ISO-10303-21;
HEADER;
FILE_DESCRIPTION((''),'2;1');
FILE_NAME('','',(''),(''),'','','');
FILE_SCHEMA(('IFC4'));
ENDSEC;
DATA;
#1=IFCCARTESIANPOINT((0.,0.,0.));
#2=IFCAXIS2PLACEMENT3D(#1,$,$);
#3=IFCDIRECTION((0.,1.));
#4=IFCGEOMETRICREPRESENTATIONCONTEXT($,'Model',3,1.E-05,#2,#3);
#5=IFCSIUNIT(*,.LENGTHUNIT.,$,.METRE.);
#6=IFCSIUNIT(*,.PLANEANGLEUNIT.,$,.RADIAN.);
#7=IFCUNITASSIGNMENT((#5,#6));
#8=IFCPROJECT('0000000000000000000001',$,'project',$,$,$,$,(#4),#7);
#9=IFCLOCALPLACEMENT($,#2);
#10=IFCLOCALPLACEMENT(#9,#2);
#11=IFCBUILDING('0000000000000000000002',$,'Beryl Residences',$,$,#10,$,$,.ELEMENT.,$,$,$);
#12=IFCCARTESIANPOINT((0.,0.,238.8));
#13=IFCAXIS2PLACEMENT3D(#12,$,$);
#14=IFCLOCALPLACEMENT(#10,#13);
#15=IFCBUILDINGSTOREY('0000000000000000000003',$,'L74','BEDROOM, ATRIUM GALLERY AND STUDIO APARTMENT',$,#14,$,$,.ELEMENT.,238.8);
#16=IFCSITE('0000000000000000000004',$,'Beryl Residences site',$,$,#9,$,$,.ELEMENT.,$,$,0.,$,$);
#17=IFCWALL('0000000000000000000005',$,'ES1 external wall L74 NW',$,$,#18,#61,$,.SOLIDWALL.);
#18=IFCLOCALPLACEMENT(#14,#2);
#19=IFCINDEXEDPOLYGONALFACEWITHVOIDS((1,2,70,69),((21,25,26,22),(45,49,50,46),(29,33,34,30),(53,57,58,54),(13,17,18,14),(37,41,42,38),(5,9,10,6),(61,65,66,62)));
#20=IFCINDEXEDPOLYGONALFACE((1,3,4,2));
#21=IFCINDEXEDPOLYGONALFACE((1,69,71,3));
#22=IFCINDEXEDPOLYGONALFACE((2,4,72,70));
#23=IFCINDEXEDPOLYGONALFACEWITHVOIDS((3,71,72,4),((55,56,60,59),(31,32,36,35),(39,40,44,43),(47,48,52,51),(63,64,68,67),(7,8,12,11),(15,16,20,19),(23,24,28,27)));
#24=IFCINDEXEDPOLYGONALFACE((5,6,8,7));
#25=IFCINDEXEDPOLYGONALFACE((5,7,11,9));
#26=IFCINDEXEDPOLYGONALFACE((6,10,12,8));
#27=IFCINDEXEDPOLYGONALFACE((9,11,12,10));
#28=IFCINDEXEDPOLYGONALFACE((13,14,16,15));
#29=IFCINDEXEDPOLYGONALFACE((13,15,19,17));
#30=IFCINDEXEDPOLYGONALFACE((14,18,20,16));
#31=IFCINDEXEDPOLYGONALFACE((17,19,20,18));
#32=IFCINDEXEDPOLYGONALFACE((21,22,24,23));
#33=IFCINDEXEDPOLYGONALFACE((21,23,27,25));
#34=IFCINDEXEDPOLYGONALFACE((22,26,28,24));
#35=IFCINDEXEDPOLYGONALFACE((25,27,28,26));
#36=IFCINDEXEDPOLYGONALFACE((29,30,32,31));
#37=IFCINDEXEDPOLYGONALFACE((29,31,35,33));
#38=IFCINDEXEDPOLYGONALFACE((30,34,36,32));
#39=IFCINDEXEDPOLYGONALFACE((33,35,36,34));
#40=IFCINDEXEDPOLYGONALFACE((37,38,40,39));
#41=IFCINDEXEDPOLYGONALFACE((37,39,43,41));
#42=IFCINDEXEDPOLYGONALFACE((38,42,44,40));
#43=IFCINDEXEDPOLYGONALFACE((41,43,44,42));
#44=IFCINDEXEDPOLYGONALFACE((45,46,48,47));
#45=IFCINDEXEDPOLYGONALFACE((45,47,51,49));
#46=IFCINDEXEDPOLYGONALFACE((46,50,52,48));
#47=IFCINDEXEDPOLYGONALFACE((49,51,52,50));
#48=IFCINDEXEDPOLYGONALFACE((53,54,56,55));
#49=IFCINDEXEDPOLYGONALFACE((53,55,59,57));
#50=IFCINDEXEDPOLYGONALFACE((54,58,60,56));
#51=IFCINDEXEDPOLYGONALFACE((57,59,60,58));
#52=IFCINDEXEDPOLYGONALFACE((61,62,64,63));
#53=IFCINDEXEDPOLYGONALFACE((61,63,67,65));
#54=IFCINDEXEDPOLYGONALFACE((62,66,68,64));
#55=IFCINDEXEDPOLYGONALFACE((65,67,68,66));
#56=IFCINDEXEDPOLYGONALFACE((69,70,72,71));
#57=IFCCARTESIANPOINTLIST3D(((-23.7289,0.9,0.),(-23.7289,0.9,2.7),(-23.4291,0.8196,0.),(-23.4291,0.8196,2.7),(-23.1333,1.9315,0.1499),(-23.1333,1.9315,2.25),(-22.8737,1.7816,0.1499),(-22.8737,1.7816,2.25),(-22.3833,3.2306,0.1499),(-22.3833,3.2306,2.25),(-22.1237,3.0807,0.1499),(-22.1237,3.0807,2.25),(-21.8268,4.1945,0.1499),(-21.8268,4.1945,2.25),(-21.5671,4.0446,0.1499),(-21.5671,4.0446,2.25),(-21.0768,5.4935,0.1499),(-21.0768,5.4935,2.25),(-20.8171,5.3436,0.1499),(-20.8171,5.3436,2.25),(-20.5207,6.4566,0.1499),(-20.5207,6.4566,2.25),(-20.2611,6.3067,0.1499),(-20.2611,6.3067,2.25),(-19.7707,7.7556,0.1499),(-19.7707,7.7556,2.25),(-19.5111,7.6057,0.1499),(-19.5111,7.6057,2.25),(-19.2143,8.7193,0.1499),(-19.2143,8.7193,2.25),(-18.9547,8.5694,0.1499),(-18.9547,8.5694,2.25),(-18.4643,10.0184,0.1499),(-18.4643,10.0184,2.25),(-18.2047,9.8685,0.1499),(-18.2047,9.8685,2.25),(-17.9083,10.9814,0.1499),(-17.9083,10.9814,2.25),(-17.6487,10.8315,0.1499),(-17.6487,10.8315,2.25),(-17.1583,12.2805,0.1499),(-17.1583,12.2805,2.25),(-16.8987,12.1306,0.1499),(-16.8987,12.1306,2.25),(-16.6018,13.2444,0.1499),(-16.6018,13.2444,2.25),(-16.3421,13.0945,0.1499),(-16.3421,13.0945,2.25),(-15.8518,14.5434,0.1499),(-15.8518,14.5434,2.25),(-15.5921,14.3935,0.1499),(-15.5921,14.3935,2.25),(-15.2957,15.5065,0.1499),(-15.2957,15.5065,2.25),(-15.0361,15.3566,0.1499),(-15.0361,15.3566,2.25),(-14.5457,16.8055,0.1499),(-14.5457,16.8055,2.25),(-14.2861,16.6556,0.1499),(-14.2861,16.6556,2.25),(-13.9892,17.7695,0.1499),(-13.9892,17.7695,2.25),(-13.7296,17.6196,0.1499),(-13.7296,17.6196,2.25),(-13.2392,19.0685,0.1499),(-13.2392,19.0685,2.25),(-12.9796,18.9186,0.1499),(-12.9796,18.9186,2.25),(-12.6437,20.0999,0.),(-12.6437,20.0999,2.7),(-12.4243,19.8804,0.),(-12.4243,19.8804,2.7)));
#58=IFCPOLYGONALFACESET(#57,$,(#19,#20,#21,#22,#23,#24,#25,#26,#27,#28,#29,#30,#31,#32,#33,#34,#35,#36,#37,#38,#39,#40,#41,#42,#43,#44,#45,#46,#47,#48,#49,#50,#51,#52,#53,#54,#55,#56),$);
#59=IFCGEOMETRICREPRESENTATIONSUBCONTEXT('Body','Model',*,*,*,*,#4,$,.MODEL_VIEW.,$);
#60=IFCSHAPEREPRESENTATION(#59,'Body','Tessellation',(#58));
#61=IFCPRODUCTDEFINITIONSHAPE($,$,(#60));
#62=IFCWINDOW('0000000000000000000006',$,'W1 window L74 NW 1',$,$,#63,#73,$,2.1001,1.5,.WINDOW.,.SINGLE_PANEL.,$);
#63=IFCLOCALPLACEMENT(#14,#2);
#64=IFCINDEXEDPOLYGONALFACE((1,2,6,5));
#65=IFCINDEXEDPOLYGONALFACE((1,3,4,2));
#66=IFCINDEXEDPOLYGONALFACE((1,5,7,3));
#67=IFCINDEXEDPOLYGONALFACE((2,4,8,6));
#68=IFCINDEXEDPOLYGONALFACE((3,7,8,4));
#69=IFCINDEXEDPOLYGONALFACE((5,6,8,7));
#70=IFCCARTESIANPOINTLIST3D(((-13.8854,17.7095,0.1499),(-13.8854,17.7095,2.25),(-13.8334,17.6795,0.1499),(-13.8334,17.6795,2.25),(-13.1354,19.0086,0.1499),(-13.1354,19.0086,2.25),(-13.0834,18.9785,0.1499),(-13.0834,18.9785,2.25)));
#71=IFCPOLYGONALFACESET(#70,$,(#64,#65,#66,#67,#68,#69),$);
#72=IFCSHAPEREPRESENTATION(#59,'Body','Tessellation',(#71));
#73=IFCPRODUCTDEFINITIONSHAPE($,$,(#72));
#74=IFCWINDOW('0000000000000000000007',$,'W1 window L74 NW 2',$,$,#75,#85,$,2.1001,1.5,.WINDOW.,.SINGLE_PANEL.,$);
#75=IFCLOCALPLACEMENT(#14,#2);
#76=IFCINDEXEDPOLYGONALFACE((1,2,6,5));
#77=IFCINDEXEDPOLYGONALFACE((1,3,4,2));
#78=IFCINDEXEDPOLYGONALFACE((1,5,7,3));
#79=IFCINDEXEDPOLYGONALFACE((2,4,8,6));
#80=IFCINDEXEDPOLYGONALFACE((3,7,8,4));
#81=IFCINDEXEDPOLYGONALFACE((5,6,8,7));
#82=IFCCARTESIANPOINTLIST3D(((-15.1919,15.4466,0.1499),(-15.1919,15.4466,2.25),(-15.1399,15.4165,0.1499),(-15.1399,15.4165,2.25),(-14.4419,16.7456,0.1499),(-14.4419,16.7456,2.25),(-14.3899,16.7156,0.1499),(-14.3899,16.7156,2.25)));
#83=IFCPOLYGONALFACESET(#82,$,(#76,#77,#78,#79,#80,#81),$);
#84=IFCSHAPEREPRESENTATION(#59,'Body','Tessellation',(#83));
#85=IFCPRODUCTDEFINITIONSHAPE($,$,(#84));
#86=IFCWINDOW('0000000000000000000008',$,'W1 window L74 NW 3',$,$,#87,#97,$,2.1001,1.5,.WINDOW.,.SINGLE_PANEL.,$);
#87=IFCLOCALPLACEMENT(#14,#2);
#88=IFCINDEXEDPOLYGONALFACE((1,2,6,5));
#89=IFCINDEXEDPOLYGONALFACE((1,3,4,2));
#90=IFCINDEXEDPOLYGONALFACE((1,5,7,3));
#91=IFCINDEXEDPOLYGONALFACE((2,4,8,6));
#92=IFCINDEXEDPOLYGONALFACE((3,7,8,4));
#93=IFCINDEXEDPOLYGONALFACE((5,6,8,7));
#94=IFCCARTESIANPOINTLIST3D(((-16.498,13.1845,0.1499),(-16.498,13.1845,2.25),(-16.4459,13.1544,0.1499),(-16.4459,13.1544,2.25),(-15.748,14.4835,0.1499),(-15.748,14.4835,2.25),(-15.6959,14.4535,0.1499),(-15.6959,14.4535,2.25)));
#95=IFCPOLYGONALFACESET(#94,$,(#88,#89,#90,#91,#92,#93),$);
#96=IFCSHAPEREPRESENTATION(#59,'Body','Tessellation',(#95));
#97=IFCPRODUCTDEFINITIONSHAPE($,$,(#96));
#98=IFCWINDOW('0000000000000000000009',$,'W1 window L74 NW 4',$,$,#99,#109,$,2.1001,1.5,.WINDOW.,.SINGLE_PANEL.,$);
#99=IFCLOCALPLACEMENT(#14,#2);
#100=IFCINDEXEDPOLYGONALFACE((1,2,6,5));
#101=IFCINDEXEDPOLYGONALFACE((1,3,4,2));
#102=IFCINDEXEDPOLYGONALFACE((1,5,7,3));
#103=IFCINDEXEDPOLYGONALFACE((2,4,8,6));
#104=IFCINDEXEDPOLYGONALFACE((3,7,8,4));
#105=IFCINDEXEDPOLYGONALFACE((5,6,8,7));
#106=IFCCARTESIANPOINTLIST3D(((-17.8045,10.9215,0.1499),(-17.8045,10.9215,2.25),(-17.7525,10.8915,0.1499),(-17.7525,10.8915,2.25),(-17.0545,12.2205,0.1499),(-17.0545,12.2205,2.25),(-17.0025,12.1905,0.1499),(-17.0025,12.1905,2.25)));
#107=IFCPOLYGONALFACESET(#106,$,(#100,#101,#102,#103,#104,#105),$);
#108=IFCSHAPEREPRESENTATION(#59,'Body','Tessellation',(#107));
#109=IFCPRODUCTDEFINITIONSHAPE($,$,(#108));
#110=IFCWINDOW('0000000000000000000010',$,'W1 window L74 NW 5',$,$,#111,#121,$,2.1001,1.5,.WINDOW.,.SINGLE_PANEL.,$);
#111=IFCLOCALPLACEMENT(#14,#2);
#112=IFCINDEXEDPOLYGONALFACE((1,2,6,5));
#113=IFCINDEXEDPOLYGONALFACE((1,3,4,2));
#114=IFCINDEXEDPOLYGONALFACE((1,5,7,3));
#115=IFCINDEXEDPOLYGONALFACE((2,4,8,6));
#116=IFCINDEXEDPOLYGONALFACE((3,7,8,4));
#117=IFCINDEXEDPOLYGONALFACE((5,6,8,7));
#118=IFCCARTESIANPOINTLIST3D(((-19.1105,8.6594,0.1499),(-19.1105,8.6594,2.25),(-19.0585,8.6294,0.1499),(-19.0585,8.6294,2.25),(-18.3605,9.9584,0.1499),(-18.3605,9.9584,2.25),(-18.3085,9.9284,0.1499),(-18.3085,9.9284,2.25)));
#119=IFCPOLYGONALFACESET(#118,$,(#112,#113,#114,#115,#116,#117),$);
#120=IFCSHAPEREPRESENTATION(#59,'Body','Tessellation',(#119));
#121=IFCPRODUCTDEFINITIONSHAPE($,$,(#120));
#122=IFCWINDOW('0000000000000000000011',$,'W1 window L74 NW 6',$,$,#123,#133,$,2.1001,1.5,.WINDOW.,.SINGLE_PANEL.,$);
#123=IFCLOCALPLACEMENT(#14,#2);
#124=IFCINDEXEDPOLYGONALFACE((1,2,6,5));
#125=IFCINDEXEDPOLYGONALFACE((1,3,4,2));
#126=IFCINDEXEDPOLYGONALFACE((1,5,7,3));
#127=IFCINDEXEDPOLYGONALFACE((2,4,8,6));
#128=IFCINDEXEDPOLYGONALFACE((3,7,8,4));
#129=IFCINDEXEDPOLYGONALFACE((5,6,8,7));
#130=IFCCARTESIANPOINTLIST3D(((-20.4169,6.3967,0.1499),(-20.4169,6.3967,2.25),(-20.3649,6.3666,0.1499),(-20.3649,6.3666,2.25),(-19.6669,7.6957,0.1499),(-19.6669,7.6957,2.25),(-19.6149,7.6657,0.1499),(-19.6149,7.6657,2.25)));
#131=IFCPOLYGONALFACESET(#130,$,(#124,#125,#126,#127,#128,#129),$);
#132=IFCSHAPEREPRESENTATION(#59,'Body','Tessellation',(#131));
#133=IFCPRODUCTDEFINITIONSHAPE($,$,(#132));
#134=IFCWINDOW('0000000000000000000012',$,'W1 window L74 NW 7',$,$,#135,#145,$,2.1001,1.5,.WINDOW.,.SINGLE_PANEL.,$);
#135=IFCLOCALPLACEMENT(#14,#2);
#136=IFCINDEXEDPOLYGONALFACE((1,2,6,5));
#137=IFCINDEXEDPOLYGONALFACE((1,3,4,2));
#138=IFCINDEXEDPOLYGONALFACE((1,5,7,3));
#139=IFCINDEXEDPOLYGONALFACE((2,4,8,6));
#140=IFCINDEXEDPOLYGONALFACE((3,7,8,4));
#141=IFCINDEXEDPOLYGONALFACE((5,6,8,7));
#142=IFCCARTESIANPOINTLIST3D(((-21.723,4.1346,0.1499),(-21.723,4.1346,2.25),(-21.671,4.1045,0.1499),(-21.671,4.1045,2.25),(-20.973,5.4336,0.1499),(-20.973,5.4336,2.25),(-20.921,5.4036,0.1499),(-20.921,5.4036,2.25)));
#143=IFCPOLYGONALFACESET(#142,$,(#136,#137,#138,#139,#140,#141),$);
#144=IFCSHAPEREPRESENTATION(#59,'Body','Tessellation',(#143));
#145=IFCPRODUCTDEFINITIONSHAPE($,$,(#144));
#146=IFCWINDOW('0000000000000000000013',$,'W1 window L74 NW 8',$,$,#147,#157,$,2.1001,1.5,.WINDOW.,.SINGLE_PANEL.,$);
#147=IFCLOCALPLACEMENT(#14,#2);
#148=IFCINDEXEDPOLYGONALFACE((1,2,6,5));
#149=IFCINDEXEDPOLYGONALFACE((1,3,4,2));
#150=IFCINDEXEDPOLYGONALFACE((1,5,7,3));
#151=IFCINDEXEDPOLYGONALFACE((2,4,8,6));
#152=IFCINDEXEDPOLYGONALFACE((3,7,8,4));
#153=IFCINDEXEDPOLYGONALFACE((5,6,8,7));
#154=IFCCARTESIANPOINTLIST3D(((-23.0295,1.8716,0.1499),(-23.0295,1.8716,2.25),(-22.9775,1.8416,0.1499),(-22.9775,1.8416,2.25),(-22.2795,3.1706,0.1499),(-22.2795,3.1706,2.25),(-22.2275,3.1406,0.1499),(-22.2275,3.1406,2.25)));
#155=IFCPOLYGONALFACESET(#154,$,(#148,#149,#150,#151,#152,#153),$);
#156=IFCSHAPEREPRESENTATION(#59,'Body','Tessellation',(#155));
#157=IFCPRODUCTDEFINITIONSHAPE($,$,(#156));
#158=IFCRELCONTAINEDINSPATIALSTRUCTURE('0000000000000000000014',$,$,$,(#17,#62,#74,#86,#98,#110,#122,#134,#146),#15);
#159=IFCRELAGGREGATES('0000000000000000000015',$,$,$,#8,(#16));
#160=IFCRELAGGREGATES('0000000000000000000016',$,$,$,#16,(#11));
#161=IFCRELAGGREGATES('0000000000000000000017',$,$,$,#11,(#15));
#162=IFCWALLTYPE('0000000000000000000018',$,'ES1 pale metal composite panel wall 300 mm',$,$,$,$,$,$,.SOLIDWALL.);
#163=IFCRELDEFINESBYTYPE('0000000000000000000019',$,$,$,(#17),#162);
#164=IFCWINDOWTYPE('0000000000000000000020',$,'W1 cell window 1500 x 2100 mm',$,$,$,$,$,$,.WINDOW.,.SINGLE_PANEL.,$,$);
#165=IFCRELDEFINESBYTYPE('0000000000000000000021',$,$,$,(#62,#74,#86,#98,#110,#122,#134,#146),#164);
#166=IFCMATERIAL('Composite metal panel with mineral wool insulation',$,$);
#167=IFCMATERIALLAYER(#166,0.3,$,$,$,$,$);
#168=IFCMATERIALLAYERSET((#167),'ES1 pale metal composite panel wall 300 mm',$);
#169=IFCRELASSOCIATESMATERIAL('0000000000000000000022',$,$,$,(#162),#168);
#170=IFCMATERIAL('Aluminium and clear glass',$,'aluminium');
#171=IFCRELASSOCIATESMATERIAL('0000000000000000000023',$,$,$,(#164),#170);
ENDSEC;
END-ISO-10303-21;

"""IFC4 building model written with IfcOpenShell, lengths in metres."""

from ifc_helpers import new_model, si_unit, direction, frame, frame_2d, origin, place, context, subcontext, project, spatial, polyline, rectangle, outline, extrude, material, layer, layer_set, type_object, element, fill, save


model = new_model("IFC4")

# Units and contexts
model_context = context("Model", 3, precision=1e-05, world=origin(), true_north=direction((0.0, 1.0)))
body_context = subcontext(model_context, "Body", "Model", "MODEL_VIEW")
ifc_project = project(units=[si_unit("LENGTHUNIT", "METRE"), si_unit("PLANEANGLEUNIT", "RADIAN")], contexts=[model_context])

# Site, building, storey
site_placement = place(None, origin())
site = spatial("IfcSite", under=ifc_project, at=site_placement, Name="Beryl Residences site", CompositionType="ELEMENT", RefElevation=0.0)
building_placement = place(site_placement, origin())
building = spatial("IfcBuilding", under=site, at=building_placement, Name="Beryl Residences", CompositionType="ELEMENT")
storey_placement = place(building_placement, frame((0.0, 0.0, 238.8)))
storey = spatial("IfcBuildingStorey", under=building, at=storey_placement, Name="L74", Description="BEDROOM, ATRIUM GALLERY AND STUDIO APARTMENT", CompositionType="ELEMENT", Elevation=238.8)

# Wall, openings, windows
ifc_material_1 = material(Name="Composite metal panel with mineral wool insulation")
ifc_layer_1 = layer(ifc_material_1, 0.3)
ifc_layer_set_1 = layer_set([ifc_layer_1], Name="ES1 pale metal composite panel wall 300 mm")
wall_type_1 = type_object("IfcWallType", Name="ES1 pale metal composite panel wall 300 mm", PredefinedType="SOLIDWALL", material=ifc_layer_set_1)
wall_1_placement = place(storey_placement, frame((-12.5139, 20.0249, 0.0), z_axis=(0.0, 0.0, 1.0), x_axis=(-0.500004, -0.866023, 0.0)))
wall_1 = element("IfcWall", 1, at=wall_1_placement, inside=storey, type_object=wall_type_1, Name="ES1 external wall L74 NW", PredefinedType="SOLIDWALL", context=body_context, shape_type="SweptSolid", body=[
    extrude(outline(polyline([(0.0, -0.1499), (22.1702, -0.1499), (22.0898, 0.1499), (0.0803, 0.1499), (0.0, -0.1499)])), origin(), (0.0, 0.0, 1.0), 2.7),
])
opening_1_placement = place(wall_1_placement, frame((1.1909, 0.0, 0.1499)))
opening_1 = element("IfcOpeningElement", 2, at=opening_1_placement, cuts=wall_1, PredefinedType="OPENING", context=body_context, shape_type="SweptSolid", body=[
    extrude(rectangle(XDim=1.5, YDim=2.1001, at=frame_2d((0.75, 1.05))), frame((0.0, 0.1599, 0.0), z_axis=(0.0, -1.0, 0.0), x_axis=(1.0, 0.0, 0.0)), (0.0, 0.0, 1.0), 0.3201),
])
opening_2_placement = place(wall_1_placement, frame((3.804, 0.0, 0.1499)))
opening_2 = element("IfcOpeningElement", 3, at=opening_2_placement, cuts=wall_1, PredefinedType="OPENING", context=body_context, shape_type="SweptSolid", body=[
    extrude(rectangle(XDim=1.5, YDim=2.1001, at=frame_2d((0.75, 1.05))), frame((0.0, 0.1599, 0.0), z_axis=(0.0, -1.0, 0.0), x_axis=(1.0, 0.0, 0.0)), (0.0, 0.0, 1.0), 0.3201),
])
opening_3_placement = place(wall_1_placement, frame((6.416, 0.0, 0.1499)))
opening_3 = element("IfcOpeningElement", 4, at=opening_3_placement, cuts=wall_1, PredefinedType="OPENING", context=body_context, shape_type="SweptSolid", body=[
    extrude(rectangle(XDim=1.5, YDim=2.1001, at=frame_2d((0.75, 1.05))), frame((0.0, 0.1599, 0.0), z_axis=(0.0, -1.0, 0.0), x_axis=(1.0, 0.0, 0.0)), (0.0, 0.0, 1.0), 0.3201),
])
opening_4_placement = place(wall_1_placement, frame((9.0291, 0.0, 0.1499)))
opening_4 = element("IfcOpeningElement", 5, at=opening_4_placement, cuts=wall_1, PredefinedType="OPENING", context=body_context, shape_type="SweptSolid", body=[
    extrude(rectangle(XDim=1.5, YDim=2.1001, at=frame_2d((0.75, 1.05))), frame((0.0, 0.1599, 0.0), z_axis=(0.0, -1.0, 0.0), x_axis=(1.0, 0.0, 0.0)), (0.0, 0.0, 1.0), 0.3201),
])
opening_5_placement = place(wall_1_placement, frame((11.6411, 0.0, 0.1499)))
opening_5 = element("IfcOpeningElement", 6, at=opening_5_placement, cuts=wall_1, PredefinedType="OPENING", context=body_context, shape_type="SweptSolid", body=[
    extrude(rectangle(XDim=1.5, YDim=2.1001, at=frame_2d((0.75, 1.05))), frame((0.0, 0.1599, 0.0), z_axis=(0.0, -1.0, 0.0), x_axis=(1.0, 0.0, 0.0)), (0.0, 0.0, 1.0), 0.3201),
])
opening_6_placement = place(wall_1_placement, frame((14.2539, 0.0, 0.1499)))
opening_6 = element("IfcOpeningElement", 7, at=opening_6_placement, cuts=wall_1, PredefinedType="OPENING", context=body_context, shape_type="SweptSolid", body=[
    extrude(rectangle(XDim=1.5, YDim=2.1001, at=frame_2d((0.75, 1.05))), frame((0.0, 0.1599, 0.0), z_axis=(0.0, -1.0, 0.0), x_axis=(1.0, 0.0, 0.0)), (0.0, 0.0, 1.0), 0.3201),
])
opening_7_placement = place(wall_1_placement, frame((16.866, 0.0, 0.1499)))
opening_7 = element("IfcOpeningElement", 8, at=opening_7_placement, cuts=wall_1, PredefinedType="OPENING", context=body_context, shape_type="SweptSolid", body=[
    extrude(rectangle(XDim=1.5, YDim=2.1001, at=frame_2d((0.75, 1.05))), frame((0.0, 0.1599, 0.0), z_axis=(0.0, -1.0, 0.0), x_axis=(1.0, 0.0, 0.0)), (0.0, 0.0, 1.0), 0.3201),
])
opening_8_placement = place(wall_1_placement, frame((19.479, 0.0, 0.1499)))
opening_8 = element("IfcOpeningElement", 9, at=opening_8_placement, cuts=wall_1, PredefinedType="OPENING", context=body_context, shape_type="SweptSolid", body=[
    extrude(rectangle(XDim=1.5, YDim=2.1001, at=frame_2d((0.75, 1.05))), frame((0.0, 0.1599, 0.0), z_axis=(0.0, -1.0, 0.0), x_axis=(1.0, 0.0, 0.0)), (0.0, 0.0, 1.0), 0.3201),
])
ifc_material_2 = material(Name="Aluminium and clear glass", Category="aluminium")
window_type = type_object("IfcWindowType", Name="W1 cell window 1500 x 2100 mm", PartitioningType="SINGLE_PANEL", PredefinedType="WINDOW", material=ifc_material_2)
window_1_placement = place(opening_1_placement, origin())
window_1 = element("IfcWindow", 10, at=window_1_placement, inside=storey, type_object=window_type, Name="W1 window L74 NW 1", OverallHeight=2.1001, OverallWidth=1.5, PartitioningType="SINGLE_PANEL", PredefinedType="WINDOW", context=body_context, shape_type="SweptSolid", body=[
    extrude(rectangle(XDim=1.5, YDim=2.1001, at=frame_2d((0.75, 1.05))), frame((0.0, 0.03, 0.0), z_axis=(0.0, -1.0, 0.0), x_axis=(1.0, 0.0, 0.0)), (0.0, 0.0, 1.0), 0.0601),
])
fill(opening_1, window_1)
window_2_placement = place(opening_2_placement, origin())
window_2 = element("IfcWindow", 11, at=window_2_placement, inside=storey, type_object=window_type, Name="W1 window L74 NW 2", OverallHeight=2.1001, OverallWidth=1.5, PartitioningType="SINGLE_PANEL", PredefinedType="WINDOW", context=body_context, shape_type="SweptSolid", body=[
    extrude(rectangle(XDim=1.5, YDim=2.1001, at=frame_2d((0.75, 1.05))), frame((0.0, 0.03, 0.0), z_axis=(0.0, -1.0, 0.0), x_axis=(1.0, 0.0, 0.0)), (0.0, 0.0, 1.0), 0.0601),
])
fill(opening_2, window_2)
window_3_placement = place(opening_3_placement, origin())
window_3 = element("IfcWindow", 12, at=window_3_placement, inside=storey, type_object=window_type, Name="W1 window L74 NW 3", OverallHeight=2.1001, OverallWidth=1.5, PartitioningType="SINGLE_PANEL", PredefinedType="WINDOW", context=body_context, shape_type="SweptSolid", body=[
    extrude(rectangle(XDim=1.5, YDim=2.1001, at=frame_2d((0.75, 1.05))), frame((0.0, 0.03, 0.0), z_axis=(0.0, -1.0, 0.0), x_axis=(1.0, 0.0, 0.0)), (0.0, 0.0, 1.0), 0.0601),
])
fill(opening_3, window_3)
window_4_placement = place(opening_4_placement, origin())
window_4 = element("IfcWindow", 13, at=window_4_placement, inside=storey, type_object=window_type, Name="W1 window L74 NW 4", OverallHeight=2.1001, OverallWidth=1.5, PartitioningType="SINGLE_PANEL", PredefinedType="WINDOW", context=body_context, shape_type="SweptSolid", body=[
    extrude(rectangle(XDim=1.5, YDim=2.1001, at=frame_2d((0.75, 1.05))), frame((0.0, 0.03, 0.0), z_axis=(0.0, -1.0, 0.0), x_axis=(1.0, 0.0, 0.0)), (0.0, 0.0, 1.0), 0.0601),
])
fill(opening_4, window_4)
window_5_placement = place(opening_5_placement, origin())
window_5 = element("IfcWindow", 14, at=window_5_placement, inside=storey, type_object=window_type, Name="W1 window L74 NW 5", OverallHeight=2.1001, OverallWidth=1.5, PartitioningType="SINGLE_PANEL", PredefinedType="WINDOW", context=body_context, shape_type="SweptSolid", body=[
    extrude(rectangle(XDim=1.5, YDim=2.1001, at=frame_2d((0.75, 1.05))), frame((0.0, 0.03, 0.0), z_axis=(0.0, -1.0, 0.0), x_axis=(1.0, 0.0, 0.0)), (0.0, 0.0, 1.0), 0.0601),
])
fill(opening_5, window_5)
window_6_placement = place(opening_6_placement, origin())
window_6 = element("IfcWindow", 15, at=window_6_placement, inside=storey, type_object=window_type, Name="W1 window L74 NW 6", OverallHeight=2.1001, OverallWidth=1.5, PartitioningType="SINGLE_PANEL", PredefinedType="WINDOW", context=body_context, shape_type="SweptSolid", body=[
    extrude(rectangle(XDim=1.5, YDim=2.1001, at=frame_2d((0.75, 1.05))), frame((0.0, 0.03, 0.0), z_axis=(0.0, -1.0, 0.0), x_axis=(1.0, 0.0, 0.0)), (0.0, 0.0, 1.0), 0.0601),
])
fill(opening_6, window_6)
window_7_placement = place(opening_7_placement, origin())
window_7 = element("IfcWindow", 16, at=window_7_placement, inside=storey, type_object=window_type, Name="W1 window L74 NW 7", OverallHeight=2.1001, OverallWidth=1.5, PartitioningType="SINGLE_PANEL", PredefinedType="WINDOW", context=body_context, shape_type="SweptSolid", body=[
    extrude(rectangle(XDim=1.5, YDim=2.1001, at=frame_2d((0.75, 1.05))), frame((0.0, 0.03, 0.0), z_axis=(0.0, -1.0, 0.0), x_axis=(1.0, 0.0, 0.0)), (0.0, 0.0, 1.0), 0.0601),
])
fill(opening_7, window_7)
window_8_placement = place(opening_8_placement, origin())
window_8 = element("IfcWindow", 17, at=window_8_placement, inside=storey, type_object=window_type, Name="W1 window L74 NW 8", OverallHeight=2.1001, OverallWidth=1.5, PartitioningType="SINGLE_PANEL", PredefinedType="WINDOW", context=body_context, shape_type="SweptSolid", body=[
    extrude(rectangle(XDim=1.5, YDim=2.1001, at=frame_2d((0.75, 1.05))), frame((0.0, 0.03, 0.0), z_axis=(0.0, -1.0, 0.0), x_axis=(1.0, 0.0, 0.0)), (0.0, 0.0, 1.0), 0.0601),
])
fill(opening_8, window_8)

save(model, "model.ifc")
